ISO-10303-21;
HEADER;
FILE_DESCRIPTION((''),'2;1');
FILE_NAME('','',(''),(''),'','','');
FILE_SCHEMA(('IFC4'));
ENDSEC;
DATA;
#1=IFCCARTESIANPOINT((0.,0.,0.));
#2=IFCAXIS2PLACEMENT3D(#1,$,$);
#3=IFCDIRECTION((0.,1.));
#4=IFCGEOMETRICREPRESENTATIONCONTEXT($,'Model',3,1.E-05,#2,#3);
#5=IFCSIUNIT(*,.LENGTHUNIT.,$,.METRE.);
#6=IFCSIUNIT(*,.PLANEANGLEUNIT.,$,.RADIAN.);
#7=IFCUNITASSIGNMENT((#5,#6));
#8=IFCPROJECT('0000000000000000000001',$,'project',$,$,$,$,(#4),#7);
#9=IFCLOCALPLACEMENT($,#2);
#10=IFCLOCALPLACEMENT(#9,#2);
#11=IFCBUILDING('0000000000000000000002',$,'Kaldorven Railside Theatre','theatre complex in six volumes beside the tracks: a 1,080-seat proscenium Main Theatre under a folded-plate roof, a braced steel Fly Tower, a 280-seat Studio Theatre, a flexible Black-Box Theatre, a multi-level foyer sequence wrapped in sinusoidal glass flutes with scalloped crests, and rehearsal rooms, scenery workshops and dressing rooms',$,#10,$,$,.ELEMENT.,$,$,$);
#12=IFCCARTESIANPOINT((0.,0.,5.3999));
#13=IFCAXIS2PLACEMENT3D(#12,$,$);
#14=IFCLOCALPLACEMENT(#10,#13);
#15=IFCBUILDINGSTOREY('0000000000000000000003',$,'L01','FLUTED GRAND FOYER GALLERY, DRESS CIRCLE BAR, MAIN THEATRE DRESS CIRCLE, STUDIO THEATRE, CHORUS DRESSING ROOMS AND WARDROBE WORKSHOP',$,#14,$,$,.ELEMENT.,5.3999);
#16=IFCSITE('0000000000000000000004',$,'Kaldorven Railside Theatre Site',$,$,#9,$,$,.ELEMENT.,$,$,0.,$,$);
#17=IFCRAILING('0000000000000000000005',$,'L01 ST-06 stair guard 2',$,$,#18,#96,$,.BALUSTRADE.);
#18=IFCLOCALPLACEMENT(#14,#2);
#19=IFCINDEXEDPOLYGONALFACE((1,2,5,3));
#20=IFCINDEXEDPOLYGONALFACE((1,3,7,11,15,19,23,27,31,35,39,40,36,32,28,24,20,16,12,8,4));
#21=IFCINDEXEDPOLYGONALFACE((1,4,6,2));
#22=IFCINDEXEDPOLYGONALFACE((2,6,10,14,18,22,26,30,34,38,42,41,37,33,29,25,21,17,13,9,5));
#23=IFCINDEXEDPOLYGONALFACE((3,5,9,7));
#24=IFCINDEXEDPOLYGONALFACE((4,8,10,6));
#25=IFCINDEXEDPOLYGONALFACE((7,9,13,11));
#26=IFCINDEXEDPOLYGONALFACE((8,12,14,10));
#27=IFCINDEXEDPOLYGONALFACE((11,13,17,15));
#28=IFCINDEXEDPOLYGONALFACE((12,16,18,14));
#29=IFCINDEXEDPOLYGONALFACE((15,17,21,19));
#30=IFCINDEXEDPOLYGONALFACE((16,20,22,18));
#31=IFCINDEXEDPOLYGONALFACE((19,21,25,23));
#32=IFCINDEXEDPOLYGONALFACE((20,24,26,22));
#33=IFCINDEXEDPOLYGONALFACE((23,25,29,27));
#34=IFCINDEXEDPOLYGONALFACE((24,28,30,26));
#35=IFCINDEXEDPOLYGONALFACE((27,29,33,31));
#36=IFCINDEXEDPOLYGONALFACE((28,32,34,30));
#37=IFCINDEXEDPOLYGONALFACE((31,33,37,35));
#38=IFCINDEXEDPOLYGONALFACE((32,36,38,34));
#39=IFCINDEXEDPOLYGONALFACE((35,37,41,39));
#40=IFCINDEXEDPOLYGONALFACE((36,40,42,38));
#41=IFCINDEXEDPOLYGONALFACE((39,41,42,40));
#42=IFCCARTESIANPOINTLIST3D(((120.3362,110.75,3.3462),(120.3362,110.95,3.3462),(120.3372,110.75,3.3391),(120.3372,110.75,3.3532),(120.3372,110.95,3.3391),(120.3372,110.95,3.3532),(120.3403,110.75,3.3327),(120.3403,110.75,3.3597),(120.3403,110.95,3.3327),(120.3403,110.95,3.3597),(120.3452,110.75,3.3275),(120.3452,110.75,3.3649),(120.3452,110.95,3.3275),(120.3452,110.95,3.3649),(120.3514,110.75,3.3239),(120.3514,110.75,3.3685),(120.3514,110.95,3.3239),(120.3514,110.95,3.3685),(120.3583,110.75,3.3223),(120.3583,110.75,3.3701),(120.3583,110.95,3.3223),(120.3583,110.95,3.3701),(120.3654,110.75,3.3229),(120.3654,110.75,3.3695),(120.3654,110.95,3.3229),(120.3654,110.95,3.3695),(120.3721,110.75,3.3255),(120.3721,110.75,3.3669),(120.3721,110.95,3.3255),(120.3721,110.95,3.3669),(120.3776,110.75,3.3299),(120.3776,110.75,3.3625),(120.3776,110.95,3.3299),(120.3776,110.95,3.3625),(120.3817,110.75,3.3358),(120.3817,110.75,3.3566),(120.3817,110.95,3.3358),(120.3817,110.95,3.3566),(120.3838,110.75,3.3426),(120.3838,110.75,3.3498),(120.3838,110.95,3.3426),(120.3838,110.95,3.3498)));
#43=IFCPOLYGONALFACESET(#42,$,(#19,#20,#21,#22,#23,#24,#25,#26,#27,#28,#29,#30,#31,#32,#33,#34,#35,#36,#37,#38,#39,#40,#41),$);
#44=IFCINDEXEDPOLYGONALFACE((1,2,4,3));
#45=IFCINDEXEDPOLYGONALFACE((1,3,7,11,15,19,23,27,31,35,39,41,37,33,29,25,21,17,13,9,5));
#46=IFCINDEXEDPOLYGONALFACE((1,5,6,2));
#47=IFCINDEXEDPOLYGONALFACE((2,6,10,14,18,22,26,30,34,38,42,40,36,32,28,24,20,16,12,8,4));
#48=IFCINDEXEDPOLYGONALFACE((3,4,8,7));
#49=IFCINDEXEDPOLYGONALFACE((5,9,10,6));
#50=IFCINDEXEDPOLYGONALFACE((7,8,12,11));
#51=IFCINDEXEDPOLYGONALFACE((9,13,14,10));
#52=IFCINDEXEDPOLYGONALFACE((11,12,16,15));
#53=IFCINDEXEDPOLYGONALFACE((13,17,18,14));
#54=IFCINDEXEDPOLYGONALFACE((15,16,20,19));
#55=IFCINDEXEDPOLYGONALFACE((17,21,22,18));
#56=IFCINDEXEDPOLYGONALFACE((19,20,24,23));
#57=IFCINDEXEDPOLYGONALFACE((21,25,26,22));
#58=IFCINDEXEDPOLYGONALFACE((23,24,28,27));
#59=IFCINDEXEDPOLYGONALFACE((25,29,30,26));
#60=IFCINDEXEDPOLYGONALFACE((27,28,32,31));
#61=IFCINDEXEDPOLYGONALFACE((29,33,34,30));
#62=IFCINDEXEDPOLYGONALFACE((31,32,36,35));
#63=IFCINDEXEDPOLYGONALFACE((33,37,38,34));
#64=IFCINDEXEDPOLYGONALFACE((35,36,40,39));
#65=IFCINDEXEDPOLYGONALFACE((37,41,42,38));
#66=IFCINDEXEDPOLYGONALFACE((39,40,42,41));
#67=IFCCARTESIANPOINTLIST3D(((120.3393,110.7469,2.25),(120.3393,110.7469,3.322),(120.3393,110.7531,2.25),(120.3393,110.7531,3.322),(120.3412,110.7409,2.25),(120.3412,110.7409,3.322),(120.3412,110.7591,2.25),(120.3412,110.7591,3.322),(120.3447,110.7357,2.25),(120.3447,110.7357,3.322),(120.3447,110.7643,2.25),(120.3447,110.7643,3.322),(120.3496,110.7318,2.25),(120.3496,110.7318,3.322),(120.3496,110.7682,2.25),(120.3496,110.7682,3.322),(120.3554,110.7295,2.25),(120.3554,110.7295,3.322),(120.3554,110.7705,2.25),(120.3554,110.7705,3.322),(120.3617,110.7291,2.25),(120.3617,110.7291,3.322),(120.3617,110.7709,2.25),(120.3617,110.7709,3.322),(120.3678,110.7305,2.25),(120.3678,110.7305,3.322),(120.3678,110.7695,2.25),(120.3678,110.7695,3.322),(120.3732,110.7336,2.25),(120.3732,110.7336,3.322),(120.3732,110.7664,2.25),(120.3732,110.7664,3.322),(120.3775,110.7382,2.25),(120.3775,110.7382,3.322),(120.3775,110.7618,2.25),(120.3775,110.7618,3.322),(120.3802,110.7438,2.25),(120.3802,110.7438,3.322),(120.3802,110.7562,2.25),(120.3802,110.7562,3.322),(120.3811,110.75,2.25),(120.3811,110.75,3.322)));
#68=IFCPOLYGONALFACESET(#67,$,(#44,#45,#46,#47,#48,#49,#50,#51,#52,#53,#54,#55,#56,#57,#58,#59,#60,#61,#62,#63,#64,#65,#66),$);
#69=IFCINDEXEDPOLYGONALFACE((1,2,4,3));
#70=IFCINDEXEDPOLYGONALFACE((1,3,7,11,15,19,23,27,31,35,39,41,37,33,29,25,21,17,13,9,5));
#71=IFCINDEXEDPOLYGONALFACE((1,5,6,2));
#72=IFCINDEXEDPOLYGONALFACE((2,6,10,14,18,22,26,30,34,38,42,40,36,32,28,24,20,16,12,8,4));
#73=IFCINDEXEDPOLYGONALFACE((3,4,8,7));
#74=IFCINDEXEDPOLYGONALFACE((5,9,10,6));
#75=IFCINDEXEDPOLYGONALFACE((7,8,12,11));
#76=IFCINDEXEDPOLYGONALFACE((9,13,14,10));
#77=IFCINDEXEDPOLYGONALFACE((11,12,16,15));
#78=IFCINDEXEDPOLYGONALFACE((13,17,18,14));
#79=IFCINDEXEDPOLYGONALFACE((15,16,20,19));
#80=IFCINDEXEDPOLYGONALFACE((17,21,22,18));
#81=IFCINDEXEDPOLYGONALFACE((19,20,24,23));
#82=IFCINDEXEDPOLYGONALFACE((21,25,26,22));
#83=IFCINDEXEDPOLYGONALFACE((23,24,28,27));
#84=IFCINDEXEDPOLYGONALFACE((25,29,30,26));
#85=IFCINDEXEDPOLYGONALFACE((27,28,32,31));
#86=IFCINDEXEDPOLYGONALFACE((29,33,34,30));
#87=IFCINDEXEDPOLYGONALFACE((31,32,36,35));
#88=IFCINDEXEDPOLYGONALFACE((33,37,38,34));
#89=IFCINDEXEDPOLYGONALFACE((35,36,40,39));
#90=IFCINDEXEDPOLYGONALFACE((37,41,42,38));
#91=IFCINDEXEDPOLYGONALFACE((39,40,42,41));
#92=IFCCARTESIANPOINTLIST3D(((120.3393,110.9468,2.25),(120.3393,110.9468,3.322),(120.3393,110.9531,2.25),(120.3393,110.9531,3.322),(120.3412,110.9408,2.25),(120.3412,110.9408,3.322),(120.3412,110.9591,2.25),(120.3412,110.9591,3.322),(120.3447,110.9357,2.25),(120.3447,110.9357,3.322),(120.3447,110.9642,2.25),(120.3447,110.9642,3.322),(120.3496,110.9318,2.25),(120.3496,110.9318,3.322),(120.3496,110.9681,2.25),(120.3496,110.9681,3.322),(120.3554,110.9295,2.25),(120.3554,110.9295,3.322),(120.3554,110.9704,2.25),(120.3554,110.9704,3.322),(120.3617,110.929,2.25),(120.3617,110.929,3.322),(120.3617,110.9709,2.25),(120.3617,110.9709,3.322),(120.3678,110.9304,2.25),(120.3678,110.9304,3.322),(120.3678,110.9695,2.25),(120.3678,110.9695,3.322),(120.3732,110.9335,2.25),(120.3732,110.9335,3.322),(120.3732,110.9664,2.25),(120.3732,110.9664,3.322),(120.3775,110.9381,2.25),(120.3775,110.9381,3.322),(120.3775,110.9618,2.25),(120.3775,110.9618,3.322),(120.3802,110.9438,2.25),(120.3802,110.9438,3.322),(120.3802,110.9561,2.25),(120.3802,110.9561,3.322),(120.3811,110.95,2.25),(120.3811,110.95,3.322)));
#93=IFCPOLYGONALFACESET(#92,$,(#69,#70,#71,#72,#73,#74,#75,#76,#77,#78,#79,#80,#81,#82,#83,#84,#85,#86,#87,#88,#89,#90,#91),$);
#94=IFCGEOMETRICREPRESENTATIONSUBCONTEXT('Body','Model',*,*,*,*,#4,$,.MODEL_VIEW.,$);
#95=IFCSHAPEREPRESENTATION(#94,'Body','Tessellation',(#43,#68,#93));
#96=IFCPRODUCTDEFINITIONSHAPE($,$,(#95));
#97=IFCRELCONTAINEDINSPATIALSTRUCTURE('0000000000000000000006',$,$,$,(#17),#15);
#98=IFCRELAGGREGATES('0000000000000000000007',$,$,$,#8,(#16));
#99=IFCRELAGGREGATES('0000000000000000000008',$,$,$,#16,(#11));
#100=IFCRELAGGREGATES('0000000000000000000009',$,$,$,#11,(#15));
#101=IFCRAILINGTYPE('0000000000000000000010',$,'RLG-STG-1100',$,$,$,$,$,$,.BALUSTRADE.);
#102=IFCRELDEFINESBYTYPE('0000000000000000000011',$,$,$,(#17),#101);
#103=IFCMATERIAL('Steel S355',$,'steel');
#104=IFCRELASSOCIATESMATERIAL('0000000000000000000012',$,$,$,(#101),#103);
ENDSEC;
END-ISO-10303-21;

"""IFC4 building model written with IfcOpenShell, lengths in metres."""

from ifc_helpers import new_model, si_unit, direction, frame, origin, origin_2d, place, context, subcontext, project, spatial, circle, extrude, material, type_object, element, save


model = new_model("IFC4")

# Units and contexts
model_context = context("Model", 3, precision=1e-05, world=origin(), true_north=direction((0.0, 1.0)))
body_context = subcontext(model_context, "Body", "Model", "MODEL_VIEW")
ifc_project = project(units=[si_unit("LENGTHUNIT", "METRE"), si_unit("PLANEANGLEUNIT", "RADIAN")], contexts=[model_context])

# Site, building, storey
site_placement = place(None, origin())
site = spatial("IfcSite", under=ifc_project, at=site_placement, Name="Kaldorven Railside Theatre Site", CompositionType="ELEMENT", RefElevation=0.0)
building_placement = place(site_placement, origin())
building = spatial("IfcBuilding", under=site, at=building_placement, Name="Kaldorven Railside Theatre", Description="theatre complex in six volumes beside the tracks: a 1,080-seat proscenium Main Theatre under a folded-plate roof, a braced steel Fly Tower, a 280-seat Studio Theatre, a flexible Black-Box Theatre, a multi-level foyer sequence wrapped in sinusoidal glass flutes with scalloped crests, and rehearsal rooms, scenery workshops and dressing rooms", CompositionType="ELEMENT")
storey_placement = place(building_placement, frame((0.0, 0.0, 5.3999)))
storey = spatial("IfcBuildingStorey", under=building, at=storey_placement, Name="L01", Description="FLUTED GRAND FOYER GALLERY, DRESS CIRCLE BAR, MAIN THEATRE DRESS CIRCLE, STUDIO THEATRE, CHORUS DRESSING ROOMS AND WARDROBE WORKSHOP", CompositionType="ELEMENT", Elevation=5.3999)

# Shared definitions
ifc_material_1 = material(Name="Steel S355", Category="steel")

# Railing
railing_type_1 = type_object("IfcRailingType", Name="RLG-STG-1100", PredefinedType="BALUSTRADE", material=ifc_material_1)
railing_1_placement = place(storey_placement, frame((120.3601, 110.75, 2.25)))
element("IfcRailing", 1, at=railing_1_placement, inside=storey, type_object=railing_type_1, Name="L01 ST-06 stair guard 2", PredefinedType="BALUSTRADE", context=body_context, shape_type="SweptSolid", body=[
    extrude(circle(Radius=0.0239, at=origin_2d()), frame((0.0, 0.0, 1.0962), z_axis=(0.0, 1.0, 0.0), x_axis=(-1.0, 0.0, 0.0)), (0.0, 0.0, 1.0), 0.2),
    extrude(circle(Radius=0.021, at=origin_2d()), origin(), (0.0, 0.0, 1.0), 1.072),
    extrude(circle(Radius=0.021, at=origin_2d()), frame((0.0, 0.2, 0.0)), (0.0, 0.0, 1.0), 1.072),
])

save(model, "model.ifc")
